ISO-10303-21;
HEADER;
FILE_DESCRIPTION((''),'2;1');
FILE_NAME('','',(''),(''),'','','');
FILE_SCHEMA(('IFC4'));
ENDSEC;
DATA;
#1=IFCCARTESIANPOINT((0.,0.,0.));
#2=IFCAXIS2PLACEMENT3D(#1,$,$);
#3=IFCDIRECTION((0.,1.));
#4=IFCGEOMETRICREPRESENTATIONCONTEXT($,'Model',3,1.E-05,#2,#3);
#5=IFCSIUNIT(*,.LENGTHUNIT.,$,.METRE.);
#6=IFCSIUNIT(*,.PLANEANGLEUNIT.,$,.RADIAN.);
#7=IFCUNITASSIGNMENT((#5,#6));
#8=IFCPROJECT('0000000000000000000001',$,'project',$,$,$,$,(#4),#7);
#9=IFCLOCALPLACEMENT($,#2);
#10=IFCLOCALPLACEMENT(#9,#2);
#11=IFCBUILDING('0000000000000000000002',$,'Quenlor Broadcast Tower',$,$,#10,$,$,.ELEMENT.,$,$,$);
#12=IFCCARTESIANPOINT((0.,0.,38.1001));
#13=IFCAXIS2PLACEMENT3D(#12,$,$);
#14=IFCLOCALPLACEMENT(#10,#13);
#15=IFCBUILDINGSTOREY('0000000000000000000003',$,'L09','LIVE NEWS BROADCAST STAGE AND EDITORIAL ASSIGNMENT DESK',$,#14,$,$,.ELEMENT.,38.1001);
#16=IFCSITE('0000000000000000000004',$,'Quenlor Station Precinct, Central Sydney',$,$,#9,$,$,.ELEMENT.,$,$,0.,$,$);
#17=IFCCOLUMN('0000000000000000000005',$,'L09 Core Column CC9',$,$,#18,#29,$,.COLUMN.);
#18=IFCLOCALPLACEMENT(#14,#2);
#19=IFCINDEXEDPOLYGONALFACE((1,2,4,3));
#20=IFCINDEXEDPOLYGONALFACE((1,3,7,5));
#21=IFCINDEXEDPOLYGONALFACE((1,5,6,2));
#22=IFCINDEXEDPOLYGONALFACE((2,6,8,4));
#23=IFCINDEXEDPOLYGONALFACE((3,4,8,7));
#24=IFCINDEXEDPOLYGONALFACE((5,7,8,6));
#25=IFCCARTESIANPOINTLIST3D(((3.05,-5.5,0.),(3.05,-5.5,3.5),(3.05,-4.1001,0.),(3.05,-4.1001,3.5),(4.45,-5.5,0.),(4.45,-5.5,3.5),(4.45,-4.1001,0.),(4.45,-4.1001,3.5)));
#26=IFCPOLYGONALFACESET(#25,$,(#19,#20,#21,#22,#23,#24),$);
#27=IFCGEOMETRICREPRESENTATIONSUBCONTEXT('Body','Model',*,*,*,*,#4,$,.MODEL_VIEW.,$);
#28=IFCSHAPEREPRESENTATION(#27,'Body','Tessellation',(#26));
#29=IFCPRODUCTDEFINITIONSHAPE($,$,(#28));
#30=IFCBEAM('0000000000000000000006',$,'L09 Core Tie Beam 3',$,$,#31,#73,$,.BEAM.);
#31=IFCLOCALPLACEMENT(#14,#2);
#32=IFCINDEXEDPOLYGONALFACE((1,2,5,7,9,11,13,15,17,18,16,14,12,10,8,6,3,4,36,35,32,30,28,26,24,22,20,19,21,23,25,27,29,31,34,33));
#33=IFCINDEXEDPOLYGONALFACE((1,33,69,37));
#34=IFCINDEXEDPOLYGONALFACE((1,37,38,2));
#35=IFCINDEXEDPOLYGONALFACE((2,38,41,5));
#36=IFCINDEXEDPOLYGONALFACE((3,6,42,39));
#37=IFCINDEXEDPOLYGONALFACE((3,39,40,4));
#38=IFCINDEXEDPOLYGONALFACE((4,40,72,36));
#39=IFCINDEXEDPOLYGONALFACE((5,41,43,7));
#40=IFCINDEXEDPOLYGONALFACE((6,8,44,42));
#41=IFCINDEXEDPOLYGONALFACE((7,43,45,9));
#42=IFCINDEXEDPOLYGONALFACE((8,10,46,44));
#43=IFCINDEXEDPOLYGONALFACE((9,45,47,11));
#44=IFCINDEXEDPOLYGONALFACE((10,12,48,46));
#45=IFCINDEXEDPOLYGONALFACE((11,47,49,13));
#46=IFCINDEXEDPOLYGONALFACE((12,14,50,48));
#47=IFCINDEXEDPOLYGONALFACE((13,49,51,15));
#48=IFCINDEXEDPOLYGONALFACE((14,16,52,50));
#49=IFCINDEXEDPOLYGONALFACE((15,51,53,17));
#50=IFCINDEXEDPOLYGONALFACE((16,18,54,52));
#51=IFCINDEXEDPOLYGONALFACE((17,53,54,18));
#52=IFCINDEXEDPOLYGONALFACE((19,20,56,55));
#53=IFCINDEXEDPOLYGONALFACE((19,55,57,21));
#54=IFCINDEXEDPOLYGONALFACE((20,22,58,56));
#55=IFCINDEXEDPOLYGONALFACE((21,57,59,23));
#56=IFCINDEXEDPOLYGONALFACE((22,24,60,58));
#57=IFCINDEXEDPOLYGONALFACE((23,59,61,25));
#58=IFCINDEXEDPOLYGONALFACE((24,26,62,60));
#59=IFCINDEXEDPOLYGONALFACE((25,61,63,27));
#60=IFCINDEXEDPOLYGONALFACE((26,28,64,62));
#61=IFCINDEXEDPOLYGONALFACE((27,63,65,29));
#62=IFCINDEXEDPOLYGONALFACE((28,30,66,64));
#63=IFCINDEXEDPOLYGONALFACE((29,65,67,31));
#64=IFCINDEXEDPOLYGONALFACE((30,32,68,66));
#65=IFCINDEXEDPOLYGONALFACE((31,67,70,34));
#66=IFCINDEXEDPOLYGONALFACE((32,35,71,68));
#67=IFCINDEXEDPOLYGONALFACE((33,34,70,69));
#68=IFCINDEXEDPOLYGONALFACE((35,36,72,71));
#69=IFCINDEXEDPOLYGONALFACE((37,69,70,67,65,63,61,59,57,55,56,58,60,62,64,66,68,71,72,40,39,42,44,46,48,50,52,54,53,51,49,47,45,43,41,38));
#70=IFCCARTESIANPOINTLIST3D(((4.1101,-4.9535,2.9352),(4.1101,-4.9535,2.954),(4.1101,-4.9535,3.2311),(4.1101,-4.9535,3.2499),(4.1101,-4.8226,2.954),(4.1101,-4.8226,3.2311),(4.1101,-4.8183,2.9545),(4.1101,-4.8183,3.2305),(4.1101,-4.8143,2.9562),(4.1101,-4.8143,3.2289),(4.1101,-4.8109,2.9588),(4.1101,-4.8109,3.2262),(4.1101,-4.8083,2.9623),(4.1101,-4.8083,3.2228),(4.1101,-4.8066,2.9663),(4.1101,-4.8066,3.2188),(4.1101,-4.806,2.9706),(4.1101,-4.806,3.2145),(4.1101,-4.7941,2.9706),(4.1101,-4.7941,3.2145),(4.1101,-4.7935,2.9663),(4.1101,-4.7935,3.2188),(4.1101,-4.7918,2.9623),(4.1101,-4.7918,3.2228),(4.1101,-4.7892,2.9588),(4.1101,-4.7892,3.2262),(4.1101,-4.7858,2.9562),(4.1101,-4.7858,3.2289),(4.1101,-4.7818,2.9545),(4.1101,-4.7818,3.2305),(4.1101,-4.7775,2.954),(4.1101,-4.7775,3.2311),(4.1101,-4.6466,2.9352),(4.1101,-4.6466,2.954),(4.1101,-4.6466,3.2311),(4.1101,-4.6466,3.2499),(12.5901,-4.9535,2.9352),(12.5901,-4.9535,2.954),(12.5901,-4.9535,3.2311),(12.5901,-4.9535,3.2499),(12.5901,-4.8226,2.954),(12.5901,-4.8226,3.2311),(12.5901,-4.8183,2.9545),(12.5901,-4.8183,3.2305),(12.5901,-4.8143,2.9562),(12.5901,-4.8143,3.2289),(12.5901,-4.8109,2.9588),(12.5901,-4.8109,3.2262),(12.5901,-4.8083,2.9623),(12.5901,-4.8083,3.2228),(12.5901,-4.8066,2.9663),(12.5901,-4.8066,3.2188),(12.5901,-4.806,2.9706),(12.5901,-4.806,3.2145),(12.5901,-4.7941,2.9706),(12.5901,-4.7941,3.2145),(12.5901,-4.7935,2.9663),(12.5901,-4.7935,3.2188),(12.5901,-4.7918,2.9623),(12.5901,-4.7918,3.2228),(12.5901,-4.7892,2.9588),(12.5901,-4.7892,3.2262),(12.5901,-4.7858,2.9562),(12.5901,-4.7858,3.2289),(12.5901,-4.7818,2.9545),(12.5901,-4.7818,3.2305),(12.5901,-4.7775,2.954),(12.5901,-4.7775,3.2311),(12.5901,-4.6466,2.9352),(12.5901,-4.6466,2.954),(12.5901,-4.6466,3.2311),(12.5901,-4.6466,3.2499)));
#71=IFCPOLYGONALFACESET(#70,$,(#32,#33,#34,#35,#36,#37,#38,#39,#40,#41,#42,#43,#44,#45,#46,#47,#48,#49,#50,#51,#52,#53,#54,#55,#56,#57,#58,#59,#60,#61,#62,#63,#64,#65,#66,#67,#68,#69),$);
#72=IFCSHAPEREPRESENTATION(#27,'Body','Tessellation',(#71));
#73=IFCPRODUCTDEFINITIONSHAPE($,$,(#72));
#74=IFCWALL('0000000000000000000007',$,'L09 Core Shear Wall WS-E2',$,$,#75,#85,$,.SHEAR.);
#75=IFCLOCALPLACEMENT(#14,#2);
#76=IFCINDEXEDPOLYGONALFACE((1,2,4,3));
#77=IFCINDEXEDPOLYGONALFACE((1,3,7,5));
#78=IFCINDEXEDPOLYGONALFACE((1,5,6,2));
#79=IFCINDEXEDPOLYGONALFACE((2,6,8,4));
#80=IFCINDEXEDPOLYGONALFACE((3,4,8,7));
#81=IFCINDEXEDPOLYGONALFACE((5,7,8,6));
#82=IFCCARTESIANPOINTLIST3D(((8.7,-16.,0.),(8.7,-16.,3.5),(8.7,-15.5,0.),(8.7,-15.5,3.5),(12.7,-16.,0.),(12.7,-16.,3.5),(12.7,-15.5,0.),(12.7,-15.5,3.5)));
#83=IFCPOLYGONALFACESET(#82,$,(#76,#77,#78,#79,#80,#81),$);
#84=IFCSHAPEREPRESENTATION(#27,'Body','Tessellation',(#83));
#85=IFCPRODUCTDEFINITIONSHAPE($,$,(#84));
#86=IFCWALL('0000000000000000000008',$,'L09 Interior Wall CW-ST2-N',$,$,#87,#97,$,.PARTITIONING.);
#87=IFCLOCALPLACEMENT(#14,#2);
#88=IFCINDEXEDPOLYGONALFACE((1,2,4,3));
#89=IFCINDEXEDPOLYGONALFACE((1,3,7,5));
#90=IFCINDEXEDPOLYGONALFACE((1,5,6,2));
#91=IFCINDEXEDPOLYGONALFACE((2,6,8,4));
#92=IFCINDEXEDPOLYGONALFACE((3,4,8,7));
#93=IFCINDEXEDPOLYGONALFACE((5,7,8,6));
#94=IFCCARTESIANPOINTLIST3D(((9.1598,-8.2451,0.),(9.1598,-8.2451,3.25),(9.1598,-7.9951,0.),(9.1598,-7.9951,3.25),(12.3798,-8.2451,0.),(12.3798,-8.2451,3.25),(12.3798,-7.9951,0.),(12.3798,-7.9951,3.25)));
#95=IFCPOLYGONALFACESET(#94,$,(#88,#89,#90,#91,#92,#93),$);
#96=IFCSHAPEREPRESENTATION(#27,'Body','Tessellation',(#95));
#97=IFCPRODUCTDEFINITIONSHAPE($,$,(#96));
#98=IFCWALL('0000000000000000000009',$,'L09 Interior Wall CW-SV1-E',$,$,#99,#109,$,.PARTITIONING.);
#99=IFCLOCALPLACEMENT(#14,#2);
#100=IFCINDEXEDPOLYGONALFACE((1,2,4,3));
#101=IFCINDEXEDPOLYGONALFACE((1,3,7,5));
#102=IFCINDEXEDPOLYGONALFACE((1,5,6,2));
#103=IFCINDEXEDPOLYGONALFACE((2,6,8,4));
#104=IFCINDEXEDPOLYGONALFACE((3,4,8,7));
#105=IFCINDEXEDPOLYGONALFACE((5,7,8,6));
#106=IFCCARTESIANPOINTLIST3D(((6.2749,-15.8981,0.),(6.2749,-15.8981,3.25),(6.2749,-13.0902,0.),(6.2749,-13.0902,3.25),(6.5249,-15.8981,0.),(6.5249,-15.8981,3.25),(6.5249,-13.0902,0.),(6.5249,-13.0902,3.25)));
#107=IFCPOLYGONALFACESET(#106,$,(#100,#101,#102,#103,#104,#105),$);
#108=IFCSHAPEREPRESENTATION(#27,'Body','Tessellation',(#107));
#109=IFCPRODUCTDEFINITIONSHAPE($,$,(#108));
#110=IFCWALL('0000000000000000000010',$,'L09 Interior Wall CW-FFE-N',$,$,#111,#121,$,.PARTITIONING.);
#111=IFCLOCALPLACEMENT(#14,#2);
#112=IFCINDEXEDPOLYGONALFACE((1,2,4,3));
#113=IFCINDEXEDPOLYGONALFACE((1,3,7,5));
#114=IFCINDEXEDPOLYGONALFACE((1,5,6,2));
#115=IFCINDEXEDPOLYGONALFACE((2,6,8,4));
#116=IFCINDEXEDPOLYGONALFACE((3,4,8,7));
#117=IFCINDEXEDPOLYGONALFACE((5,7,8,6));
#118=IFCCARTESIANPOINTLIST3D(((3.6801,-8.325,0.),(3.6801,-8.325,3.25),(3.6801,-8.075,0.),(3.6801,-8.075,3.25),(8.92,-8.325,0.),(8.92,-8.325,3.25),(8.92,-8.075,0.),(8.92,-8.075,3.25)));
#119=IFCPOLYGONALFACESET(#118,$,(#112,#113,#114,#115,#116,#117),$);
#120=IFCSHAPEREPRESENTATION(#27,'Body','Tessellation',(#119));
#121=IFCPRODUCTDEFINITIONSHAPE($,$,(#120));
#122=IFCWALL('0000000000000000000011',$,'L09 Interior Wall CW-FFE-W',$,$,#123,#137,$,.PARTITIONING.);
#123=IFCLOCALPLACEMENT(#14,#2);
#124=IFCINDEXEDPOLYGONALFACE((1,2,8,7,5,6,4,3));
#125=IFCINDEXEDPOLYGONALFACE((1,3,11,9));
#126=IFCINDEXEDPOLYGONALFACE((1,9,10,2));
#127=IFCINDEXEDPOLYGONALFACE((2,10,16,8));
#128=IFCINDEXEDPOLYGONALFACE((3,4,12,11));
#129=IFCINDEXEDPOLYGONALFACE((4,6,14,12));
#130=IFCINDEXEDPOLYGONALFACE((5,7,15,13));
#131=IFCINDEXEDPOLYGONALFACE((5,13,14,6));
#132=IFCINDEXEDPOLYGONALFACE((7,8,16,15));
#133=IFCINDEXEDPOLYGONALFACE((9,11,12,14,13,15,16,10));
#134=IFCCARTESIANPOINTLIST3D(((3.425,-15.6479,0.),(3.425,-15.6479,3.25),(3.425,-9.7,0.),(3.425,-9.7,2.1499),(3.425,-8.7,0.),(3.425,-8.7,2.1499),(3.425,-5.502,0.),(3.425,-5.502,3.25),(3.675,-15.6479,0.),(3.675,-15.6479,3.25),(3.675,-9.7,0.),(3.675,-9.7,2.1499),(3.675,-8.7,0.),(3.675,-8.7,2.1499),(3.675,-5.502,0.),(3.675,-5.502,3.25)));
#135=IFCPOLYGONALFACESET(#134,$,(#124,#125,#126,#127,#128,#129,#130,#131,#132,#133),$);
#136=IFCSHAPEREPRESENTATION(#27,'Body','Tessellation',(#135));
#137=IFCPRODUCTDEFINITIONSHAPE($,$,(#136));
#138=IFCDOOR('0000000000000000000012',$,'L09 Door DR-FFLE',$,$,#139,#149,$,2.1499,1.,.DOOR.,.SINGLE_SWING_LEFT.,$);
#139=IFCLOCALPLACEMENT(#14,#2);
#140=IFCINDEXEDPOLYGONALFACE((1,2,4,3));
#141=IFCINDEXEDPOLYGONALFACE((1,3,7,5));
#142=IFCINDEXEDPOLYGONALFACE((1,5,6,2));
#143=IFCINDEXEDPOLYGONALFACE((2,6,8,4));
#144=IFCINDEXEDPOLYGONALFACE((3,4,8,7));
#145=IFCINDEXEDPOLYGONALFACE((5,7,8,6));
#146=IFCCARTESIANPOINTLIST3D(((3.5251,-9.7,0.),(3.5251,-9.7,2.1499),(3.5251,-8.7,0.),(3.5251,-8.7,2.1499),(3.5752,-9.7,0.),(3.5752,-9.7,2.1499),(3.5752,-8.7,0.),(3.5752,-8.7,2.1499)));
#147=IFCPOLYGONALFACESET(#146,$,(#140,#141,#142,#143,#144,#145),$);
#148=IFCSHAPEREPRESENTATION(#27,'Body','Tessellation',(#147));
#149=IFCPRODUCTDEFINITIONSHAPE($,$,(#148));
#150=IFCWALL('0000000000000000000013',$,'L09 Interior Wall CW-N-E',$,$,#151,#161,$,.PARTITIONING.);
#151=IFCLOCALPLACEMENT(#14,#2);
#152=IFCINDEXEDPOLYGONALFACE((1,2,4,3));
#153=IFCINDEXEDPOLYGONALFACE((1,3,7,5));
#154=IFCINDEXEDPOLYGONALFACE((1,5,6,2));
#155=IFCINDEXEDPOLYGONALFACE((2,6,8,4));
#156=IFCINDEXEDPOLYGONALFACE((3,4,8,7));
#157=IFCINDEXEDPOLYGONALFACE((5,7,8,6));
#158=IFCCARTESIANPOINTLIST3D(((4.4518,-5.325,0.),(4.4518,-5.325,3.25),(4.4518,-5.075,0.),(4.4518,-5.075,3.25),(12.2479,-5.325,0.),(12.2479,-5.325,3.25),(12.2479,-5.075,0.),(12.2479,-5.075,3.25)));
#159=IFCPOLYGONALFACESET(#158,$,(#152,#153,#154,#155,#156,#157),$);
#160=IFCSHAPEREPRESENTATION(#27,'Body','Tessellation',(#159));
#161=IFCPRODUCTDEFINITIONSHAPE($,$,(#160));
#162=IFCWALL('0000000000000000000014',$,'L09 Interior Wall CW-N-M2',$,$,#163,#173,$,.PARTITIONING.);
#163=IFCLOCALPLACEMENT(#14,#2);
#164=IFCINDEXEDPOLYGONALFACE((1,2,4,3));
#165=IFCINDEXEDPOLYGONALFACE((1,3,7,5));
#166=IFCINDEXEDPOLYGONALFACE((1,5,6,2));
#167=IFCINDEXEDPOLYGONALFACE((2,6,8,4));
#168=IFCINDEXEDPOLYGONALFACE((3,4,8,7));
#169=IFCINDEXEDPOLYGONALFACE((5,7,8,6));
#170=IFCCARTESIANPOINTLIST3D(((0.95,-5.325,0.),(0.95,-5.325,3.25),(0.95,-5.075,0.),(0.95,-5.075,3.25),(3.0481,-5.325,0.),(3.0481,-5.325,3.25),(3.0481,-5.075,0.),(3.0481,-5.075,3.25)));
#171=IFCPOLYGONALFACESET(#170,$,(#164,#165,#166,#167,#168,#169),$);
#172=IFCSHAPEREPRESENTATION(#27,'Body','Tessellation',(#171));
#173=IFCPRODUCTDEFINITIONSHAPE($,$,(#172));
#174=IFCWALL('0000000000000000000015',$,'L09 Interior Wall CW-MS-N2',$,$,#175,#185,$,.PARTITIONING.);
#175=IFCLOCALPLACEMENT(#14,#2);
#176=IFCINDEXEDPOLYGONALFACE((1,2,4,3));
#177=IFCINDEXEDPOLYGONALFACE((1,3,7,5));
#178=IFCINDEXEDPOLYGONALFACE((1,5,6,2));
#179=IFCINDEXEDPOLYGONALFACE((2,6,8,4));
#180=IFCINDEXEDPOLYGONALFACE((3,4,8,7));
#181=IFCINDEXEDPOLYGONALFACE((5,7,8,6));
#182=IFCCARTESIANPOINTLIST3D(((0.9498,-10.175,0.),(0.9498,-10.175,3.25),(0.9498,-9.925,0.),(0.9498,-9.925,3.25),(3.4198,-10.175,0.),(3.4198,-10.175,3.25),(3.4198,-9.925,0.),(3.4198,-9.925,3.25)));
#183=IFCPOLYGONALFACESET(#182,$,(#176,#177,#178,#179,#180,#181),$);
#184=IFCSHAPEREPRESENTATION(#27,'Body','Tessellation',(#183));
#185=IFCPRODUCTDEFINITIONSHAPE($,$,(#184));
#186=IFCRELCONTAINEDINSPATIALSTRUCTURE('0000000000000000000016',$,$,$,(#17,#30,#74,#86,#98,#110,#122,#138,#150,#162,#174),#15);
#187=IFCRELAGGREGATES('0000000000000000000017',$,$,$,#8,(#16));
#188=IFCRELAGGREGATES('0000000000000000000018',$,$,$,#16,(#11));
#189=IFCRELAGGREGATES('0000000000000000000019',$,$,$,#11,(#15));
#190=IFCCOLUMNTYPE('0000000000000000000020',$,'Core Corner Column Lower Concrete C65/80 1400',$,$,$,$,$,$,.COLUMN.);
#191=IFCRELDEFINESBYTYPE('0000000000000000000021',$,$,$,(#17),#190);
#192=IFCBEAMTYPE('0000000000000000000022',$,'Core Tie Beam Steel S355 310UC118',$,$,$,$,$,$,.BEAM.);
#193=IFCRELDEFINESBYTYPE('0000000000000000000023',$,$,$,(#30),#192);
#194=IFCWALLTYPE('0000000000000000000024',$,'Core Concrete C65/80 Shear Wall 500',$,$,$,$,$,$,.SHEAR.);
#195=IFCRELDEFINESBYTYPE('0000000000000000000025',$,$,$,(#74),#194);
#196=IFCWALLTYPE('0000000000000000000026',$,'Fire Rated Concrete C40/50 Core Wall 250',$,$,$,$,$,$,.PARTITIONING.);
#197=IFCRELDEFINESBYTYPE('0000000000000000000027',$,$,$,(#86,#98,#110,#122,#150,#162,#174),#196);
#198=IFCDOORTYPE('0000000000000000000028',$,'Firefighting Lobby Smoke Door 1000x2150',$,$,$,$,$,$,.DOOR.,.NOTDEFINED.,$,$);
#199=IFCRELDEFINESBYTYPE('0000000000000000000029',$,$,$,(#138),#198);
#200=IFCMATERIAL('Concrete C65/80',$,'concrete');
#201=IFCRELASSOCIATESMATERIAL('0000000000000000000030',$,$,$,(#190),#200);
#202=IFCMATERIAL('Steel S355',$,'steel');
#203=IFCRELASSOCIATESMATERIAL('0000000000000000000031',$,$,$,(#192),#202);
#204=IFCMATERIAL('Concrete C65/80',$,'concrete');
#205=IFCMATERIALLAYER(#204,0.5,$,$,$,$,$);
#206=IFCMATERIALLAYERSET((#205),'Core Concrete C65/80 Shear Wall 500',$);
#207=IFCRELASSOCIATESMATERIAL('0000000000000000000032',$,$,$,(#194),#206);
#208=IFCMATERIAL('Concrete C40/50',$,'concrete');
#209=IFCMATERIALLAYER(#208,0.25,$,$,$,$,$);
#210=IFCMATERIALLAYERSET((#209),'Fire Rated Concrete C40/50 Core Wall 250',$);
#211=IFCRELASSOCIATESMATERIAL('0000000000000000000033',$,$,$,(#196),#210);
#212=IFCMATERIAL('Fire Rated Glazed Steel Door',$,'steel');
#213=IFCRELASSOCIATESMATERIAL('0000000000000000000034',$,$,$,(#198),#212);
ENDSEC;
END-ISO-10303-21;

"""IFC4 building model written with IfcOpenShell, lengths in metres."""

from ifc_helpers import new_model, si_unit, direction, frame, frame_2d, origin, origin_2d, place, context, subcontext, project, spatial, rectangle, i_section, extrude, material, layer, layer_set, material_profile, profile_set, type_object, element, fill, save


model = new_model("IFC4")

# Units and contexts
model_context = context("Model", 3, precision=1e-05, world=origin(), true_north=direction((0.0, 1.0)))
body_context = subcontext(model_context, "Body", "Model", "MODEL_VIEW")
ifc_project = project(units=[si_unit("LENGTHUNIT", "METRE"), si_unit("PLANEANGLEUNIT", "RADIAN")], contexts=[model_context])

# Site, building, storey
site_placement = place(None, origin())
site = spatial("IfcSite", under=ifc_project, at=site_placement, Name="Quenlor Station Precinct, Central Sydney", CompositionType="ELEMENT", RefElevation=0.0)
building_placement = place(site_placement, origin())
building = spatial("IfcBuilding", under=site, at=building_placement, Name="Quenlor Broadcast Tower", CompositionType="ELEMENT")
storey_placement = place(building_placement, frame((0.0, 0.0, 38.1001)))
storey = spatial("IfcBuildingStorey", under=building, at=storey_placement, Name="L09", Description="LIVE NEWS BROADCAST STAGE AND EDITORIAL ASSIGNMENT DESK", CompositionType="ELEMENT", Elevation=38.1001)

# Column
ifc_material_1 = material(Name="Concrete C65/80", Category="concrete")
ifc_material_profile_1 = material_profile(ifc_material_1, rectangle(XDim=1.3999, YDim=1.3999, at=origin_2d()))
ifc_profile_set_1 = profile_set([ifc_material_profile_1], Name="Concrete C65/80 RC1400x1400")
column_type = type_object("IfcColumnType", Name="Core Corner Column Lower Concrete C65/80 1400", PredefinedType="COLUMN", material=ifc_profile_set_1)
column_placement = place(storey_placement, frame((3.75, -4.8, 0.0), z_axis=(0.0, 0.0, 1.0), x_axis=(1.0, 0.0, 0.0)))
element("IfcColumn", 1, at=column_placement, inside=storey, type_object=column_type, Name="L09 Core Column CC9", PredefinedType="COLUMN", context=body_context, shape_type="SweptSolid", body=[
    extrude(rectangle(XDim=1.3999, YDim=1.3999, at=origin_2d()), origin(), (0.0, 0.0, 1.0), 3.5),
])

# Beam
ifc_material_2 = material(Name="Steel S355", Category="steel")
ifc_material_profile_2 = material_profile(ifc_material_2, i_section(OverallWidth=0.3069, OverallDepth=0.3147, WebThickness=0.012, FlangeThickness=0.0188, FilletRadius=0.0166, at=origin_2d()))
ifc_profile_set_2 = profile_set([ifc_material_profile_2], Name="Steel S355 310UC118")
beam_type = type_object("IfcBeamType", Name="Core Tie Beam Steel S355 310UC118", PredefinedType="BEAM", material=ifc_profile_set_2)
beam_placement = place(storey_placement, frame((4.1101, -4.8, 3.0925), z_axis=(1.0, 0.0, 0.0), x_axis=(0.0, 1.0, 0.0)))
element("IfcBeam", 2, at=beam_placement, inside=storey, type_object=beam_type, Name="L09 Core Tie Beam 3", PredefinedType="BEAM", context=body_context, shape_type="SweptSolid", body=[
    extrude(i_section(OverallWidth=0.3069, OverallDepth=0.3147, WebThickness=0.012, FlangeThickness=0.0188, FilletRadius=0.0166, at=origin_2d()), origin(), (0.0, 0.0, 1.0), 8.48),
])

# Wall
ifc_material_3 = material(Name="Concrete C65/80", Category="concrete")
ifc_layer_1 = layer(ifc_material_3, 0.5)
ifc_layer_set_1 = layer_set([ifc_layer_1], Name="Core Concrete C65/80 Shear Wall 500")
wall_type_1 = type_object("IfcWallType", Name="Core Concrete C65/80 Shear Wall 500", PredefinedType="SHEAR", material=ifc_layer_set_1)
wall_1_placement = place(storey_placement, frame((8.7, -15.75, 0.0), z_axis=(0.0, 0.0, 1.0), x_axis=(1.0, 0.0, 0.0)))
element("IfcWall", 3, at=wall_1_placement, inside=storey, type_object=wall_type_1, Name="L09 Core Shear Wall WS-E2", PredefinedType="SHEAR", context=body_context, shape_type="SweptSolid", body=[
    extrude(rectangle(XDim=4.0, YDim=0.5, at=frame_2d((2.0, 0.0))), origin(), (0.0, 0.0, 1.0), 3.5),
])

# Shared definitions
ifc_material_4 = material(Name="Concrete C40/50", Category="concrete")
ifc_layer_2 = layer(ifc_material_4, 0.25)
ifc_layer_set_2 = layer_set([ifc_layer_2], Name="Fire Rated Concrete C40/50 Core Wall 250")
wall_type_2 = type_object("IfcWallType", Name="Fire Rated Concrete C40/50 Core Wall 250", PredefinedType="PARTITIONING", material=ifc_layer_set_2)

# Wall
wall_2_placement = place(storey_placement, frame((9.1599, -8.1201, 0.0), z_axis=(0.0, 0.0, 1.0), x_axis=(1.0, 0.0, 0.0)))
element("IfcWall", 4, at=wall_2_placement, inside=storey, type_object=wall_type_2, Name="L09 Interior Wall CW-ST2-N", PredefinedType="PARTITIONING", context=body_context, shape_type="SweptSolid", body=[
    extrude(rectangle(XDim=3.22, YDim=0.25, at=frame_2d((1.6099, 0.0))), origin(), (0.0, 0.0, 1.0), 3.25),
])

# Walls
wall_3_placement = place(storey_placement, frame((6.3999, -15.8979, 0.0), z_axis=(0.0, 0.0, 1.0), x_axis=(0.0, 1.0, 0.0)))
element("IfcWall", 5, at=wall_3_placement, inside=storey, type_object=wall_type_2, Name="L09 Interior Wall CW-SV1-E", PredefinedType="PARTITIONING", context=body_context, shape_type="SweptSolid", body=[
    extrude(rectangle(XDim=2.8079, YDim=0.25, at=frame_2d((1.4038, 0.0))), origin(), (0.0, 0.0, 1.0), 3.25),
])
wall_4_placement = place(storey_placement, frame((3.6799, -8.2, 0.0), z_axis=(0.0, 0.0, 1.0), x_axis=(1.0, 0.0, 0.0)))
element("IfcWall", 6, at=wall_4_placement, inside=storey, type_object=wall_type_2, Name="L09 Interior Wall CW-FFE-N", PredefinedType="PARTITIONING", context=body_context, shape_type="SweptSolid", body=[
    extrude(rectangle(XDim=5.24, YDim=0.25, at=frame_2d((2.6201, 0.0))), origin(), (0.0, 0.0, 1.0), 3.25),
])

# Wall, opening, door
wall_5_placement = place(storey_placement, frame((3.55, -15.6479, 0.0), z_axis=(0.0, 0.0, 1.0), x_axis=(0.0, 1.0, 0.0)))
wall_5 = element("IfcWall", 7, at=wall_5_placement, inside=storey, type_object=wall_type_2, Name="L09 Interior Wall CW-FFE-W", PredefinedType="PARTITIONING", context=body_context, shape_type="SweptSolid", body=[
    extrude(rectangle(XDim=10.146, YDim=0.25, at=frame_2d((5.073, 0.0))), origin(), (0.0, 0.0, 1.0), 3.25),
])
opening_1_placement = place(wall_5_placement, frame((5.948, 0.0, 0.0)))
opening_1 = element("IfcOpeningElement", 8, at=opening_1_placement, cuts=wall_5, PredefinedType="OPENING", context=body_context, shape_type="SweptSolid", body=[
    extrude(rectangle(XDim=1.0, YDim=2.1499, at=frame_2d((0.5, 1.075))), frame((0.0, 0.135, 0.0), z_axis=(0.0, -1.0, 0.0), x_axis=(1.0, 0.0, 0.0)), (0.0, 0.0, 1.0), 0.27),
])
ifc_material_5 = material(Name="Fire Rated Glazed Steel Door", Category="steel")
door_type_1 = type_object("IfcDoorType", Name="Firefighting Lobby Smoke Door 1000x2150", OperationType="NOTDEFINED", PredefinedType="DOOR", material=ifc_material_5)
door_1_placement = place(opening_1_placement, origin())
door_1 = element("IfcDoor", 9, at=door_1_placement, inside=storey, type_object=door_type_1, Name="L09 Door DR-FFLE", OperationType="SINGLE_SWING_LEFT", OverallHeight=2.1499, OverallWidth=1.0, PredefinedType="DOOR", context=body_context, shape_type="SweptSolid", body=[
    extrude(rectangle(XDim=1.0, YDim=2.1499, at=frame_2d((0.5, 1.075))), frame((0.0, 0.0249, 0.0), z_axis=(0.0, -1.0, 0.0), x_axis=(1.0, 0.0, 0.0)), (0.0, 0.0, 1.0), 0.05),
])
fill(opening_1, door_1)

# Walls
wall_6_placement = place(storey_placement, frame((4.4519, -5.2, 0.0), z_axis=(0.0, 0.0, 1.0), x_axis=(1.0, 0.0, 0.0)))
element("IfcWall", 10, at=wall_6_placement, inside=storey, type_object=wall_type_2, Name="L09 Interior Wall CW-N-E", PredefinedType="PARTITIONING", context=body_context, shape_type="SweptSolid", body=[
    extrude(rectangle(XDim=7.7961, YDim=0.25, at=frame_2d((3.8979, 0.0))), origin(), (0.0, 0.0, 1.0), 3.25),
])
wall_7_placement = place(storey_placement, frame((0.95, -5.2, 0.0), z_axis=(0.0, 0.0, 1.0), x_axis=(1.0, 0.0, 0.0)))
element("IfcWall", 11, at=wall_7_placement, inside=storey, type_object=wall_type_2, Name="L09 Interior Wall CW-N-M2", PredefinedType="PARTITIONING", context=body_context, shape_type="SweptSolid", body=[
    extrude(rectangle(XDim=2.0981, YDim=0.25, at=frame_2d((1.0491, 0.0))), origin(), (0.0, 0.0, 1.0), 3.25),
])
wall_8_placement = place(storey_placement, frame((0.95, -10.05, 0.0), z_axis=(0.0, 0.0, 1.0), x_axis=(1.0, 0.0, 0.0)))
element("IfcWall", 12, at=wall_8_placement, inside=storey, type_object=wall_type_2, Name="L09 Interior Wall CW-MS-N2", PredefinedType="PARTITIONING", context=body_context, shape_type="SweptSolid", body=[
    extrude(rectangle(XDim=2.47, YDim=0.25, at=frame_2d((1.2349, 0.0))), origin(), (0.0, 0.0, 1.0), 3.25),
])

save(model, "model.ifc")
